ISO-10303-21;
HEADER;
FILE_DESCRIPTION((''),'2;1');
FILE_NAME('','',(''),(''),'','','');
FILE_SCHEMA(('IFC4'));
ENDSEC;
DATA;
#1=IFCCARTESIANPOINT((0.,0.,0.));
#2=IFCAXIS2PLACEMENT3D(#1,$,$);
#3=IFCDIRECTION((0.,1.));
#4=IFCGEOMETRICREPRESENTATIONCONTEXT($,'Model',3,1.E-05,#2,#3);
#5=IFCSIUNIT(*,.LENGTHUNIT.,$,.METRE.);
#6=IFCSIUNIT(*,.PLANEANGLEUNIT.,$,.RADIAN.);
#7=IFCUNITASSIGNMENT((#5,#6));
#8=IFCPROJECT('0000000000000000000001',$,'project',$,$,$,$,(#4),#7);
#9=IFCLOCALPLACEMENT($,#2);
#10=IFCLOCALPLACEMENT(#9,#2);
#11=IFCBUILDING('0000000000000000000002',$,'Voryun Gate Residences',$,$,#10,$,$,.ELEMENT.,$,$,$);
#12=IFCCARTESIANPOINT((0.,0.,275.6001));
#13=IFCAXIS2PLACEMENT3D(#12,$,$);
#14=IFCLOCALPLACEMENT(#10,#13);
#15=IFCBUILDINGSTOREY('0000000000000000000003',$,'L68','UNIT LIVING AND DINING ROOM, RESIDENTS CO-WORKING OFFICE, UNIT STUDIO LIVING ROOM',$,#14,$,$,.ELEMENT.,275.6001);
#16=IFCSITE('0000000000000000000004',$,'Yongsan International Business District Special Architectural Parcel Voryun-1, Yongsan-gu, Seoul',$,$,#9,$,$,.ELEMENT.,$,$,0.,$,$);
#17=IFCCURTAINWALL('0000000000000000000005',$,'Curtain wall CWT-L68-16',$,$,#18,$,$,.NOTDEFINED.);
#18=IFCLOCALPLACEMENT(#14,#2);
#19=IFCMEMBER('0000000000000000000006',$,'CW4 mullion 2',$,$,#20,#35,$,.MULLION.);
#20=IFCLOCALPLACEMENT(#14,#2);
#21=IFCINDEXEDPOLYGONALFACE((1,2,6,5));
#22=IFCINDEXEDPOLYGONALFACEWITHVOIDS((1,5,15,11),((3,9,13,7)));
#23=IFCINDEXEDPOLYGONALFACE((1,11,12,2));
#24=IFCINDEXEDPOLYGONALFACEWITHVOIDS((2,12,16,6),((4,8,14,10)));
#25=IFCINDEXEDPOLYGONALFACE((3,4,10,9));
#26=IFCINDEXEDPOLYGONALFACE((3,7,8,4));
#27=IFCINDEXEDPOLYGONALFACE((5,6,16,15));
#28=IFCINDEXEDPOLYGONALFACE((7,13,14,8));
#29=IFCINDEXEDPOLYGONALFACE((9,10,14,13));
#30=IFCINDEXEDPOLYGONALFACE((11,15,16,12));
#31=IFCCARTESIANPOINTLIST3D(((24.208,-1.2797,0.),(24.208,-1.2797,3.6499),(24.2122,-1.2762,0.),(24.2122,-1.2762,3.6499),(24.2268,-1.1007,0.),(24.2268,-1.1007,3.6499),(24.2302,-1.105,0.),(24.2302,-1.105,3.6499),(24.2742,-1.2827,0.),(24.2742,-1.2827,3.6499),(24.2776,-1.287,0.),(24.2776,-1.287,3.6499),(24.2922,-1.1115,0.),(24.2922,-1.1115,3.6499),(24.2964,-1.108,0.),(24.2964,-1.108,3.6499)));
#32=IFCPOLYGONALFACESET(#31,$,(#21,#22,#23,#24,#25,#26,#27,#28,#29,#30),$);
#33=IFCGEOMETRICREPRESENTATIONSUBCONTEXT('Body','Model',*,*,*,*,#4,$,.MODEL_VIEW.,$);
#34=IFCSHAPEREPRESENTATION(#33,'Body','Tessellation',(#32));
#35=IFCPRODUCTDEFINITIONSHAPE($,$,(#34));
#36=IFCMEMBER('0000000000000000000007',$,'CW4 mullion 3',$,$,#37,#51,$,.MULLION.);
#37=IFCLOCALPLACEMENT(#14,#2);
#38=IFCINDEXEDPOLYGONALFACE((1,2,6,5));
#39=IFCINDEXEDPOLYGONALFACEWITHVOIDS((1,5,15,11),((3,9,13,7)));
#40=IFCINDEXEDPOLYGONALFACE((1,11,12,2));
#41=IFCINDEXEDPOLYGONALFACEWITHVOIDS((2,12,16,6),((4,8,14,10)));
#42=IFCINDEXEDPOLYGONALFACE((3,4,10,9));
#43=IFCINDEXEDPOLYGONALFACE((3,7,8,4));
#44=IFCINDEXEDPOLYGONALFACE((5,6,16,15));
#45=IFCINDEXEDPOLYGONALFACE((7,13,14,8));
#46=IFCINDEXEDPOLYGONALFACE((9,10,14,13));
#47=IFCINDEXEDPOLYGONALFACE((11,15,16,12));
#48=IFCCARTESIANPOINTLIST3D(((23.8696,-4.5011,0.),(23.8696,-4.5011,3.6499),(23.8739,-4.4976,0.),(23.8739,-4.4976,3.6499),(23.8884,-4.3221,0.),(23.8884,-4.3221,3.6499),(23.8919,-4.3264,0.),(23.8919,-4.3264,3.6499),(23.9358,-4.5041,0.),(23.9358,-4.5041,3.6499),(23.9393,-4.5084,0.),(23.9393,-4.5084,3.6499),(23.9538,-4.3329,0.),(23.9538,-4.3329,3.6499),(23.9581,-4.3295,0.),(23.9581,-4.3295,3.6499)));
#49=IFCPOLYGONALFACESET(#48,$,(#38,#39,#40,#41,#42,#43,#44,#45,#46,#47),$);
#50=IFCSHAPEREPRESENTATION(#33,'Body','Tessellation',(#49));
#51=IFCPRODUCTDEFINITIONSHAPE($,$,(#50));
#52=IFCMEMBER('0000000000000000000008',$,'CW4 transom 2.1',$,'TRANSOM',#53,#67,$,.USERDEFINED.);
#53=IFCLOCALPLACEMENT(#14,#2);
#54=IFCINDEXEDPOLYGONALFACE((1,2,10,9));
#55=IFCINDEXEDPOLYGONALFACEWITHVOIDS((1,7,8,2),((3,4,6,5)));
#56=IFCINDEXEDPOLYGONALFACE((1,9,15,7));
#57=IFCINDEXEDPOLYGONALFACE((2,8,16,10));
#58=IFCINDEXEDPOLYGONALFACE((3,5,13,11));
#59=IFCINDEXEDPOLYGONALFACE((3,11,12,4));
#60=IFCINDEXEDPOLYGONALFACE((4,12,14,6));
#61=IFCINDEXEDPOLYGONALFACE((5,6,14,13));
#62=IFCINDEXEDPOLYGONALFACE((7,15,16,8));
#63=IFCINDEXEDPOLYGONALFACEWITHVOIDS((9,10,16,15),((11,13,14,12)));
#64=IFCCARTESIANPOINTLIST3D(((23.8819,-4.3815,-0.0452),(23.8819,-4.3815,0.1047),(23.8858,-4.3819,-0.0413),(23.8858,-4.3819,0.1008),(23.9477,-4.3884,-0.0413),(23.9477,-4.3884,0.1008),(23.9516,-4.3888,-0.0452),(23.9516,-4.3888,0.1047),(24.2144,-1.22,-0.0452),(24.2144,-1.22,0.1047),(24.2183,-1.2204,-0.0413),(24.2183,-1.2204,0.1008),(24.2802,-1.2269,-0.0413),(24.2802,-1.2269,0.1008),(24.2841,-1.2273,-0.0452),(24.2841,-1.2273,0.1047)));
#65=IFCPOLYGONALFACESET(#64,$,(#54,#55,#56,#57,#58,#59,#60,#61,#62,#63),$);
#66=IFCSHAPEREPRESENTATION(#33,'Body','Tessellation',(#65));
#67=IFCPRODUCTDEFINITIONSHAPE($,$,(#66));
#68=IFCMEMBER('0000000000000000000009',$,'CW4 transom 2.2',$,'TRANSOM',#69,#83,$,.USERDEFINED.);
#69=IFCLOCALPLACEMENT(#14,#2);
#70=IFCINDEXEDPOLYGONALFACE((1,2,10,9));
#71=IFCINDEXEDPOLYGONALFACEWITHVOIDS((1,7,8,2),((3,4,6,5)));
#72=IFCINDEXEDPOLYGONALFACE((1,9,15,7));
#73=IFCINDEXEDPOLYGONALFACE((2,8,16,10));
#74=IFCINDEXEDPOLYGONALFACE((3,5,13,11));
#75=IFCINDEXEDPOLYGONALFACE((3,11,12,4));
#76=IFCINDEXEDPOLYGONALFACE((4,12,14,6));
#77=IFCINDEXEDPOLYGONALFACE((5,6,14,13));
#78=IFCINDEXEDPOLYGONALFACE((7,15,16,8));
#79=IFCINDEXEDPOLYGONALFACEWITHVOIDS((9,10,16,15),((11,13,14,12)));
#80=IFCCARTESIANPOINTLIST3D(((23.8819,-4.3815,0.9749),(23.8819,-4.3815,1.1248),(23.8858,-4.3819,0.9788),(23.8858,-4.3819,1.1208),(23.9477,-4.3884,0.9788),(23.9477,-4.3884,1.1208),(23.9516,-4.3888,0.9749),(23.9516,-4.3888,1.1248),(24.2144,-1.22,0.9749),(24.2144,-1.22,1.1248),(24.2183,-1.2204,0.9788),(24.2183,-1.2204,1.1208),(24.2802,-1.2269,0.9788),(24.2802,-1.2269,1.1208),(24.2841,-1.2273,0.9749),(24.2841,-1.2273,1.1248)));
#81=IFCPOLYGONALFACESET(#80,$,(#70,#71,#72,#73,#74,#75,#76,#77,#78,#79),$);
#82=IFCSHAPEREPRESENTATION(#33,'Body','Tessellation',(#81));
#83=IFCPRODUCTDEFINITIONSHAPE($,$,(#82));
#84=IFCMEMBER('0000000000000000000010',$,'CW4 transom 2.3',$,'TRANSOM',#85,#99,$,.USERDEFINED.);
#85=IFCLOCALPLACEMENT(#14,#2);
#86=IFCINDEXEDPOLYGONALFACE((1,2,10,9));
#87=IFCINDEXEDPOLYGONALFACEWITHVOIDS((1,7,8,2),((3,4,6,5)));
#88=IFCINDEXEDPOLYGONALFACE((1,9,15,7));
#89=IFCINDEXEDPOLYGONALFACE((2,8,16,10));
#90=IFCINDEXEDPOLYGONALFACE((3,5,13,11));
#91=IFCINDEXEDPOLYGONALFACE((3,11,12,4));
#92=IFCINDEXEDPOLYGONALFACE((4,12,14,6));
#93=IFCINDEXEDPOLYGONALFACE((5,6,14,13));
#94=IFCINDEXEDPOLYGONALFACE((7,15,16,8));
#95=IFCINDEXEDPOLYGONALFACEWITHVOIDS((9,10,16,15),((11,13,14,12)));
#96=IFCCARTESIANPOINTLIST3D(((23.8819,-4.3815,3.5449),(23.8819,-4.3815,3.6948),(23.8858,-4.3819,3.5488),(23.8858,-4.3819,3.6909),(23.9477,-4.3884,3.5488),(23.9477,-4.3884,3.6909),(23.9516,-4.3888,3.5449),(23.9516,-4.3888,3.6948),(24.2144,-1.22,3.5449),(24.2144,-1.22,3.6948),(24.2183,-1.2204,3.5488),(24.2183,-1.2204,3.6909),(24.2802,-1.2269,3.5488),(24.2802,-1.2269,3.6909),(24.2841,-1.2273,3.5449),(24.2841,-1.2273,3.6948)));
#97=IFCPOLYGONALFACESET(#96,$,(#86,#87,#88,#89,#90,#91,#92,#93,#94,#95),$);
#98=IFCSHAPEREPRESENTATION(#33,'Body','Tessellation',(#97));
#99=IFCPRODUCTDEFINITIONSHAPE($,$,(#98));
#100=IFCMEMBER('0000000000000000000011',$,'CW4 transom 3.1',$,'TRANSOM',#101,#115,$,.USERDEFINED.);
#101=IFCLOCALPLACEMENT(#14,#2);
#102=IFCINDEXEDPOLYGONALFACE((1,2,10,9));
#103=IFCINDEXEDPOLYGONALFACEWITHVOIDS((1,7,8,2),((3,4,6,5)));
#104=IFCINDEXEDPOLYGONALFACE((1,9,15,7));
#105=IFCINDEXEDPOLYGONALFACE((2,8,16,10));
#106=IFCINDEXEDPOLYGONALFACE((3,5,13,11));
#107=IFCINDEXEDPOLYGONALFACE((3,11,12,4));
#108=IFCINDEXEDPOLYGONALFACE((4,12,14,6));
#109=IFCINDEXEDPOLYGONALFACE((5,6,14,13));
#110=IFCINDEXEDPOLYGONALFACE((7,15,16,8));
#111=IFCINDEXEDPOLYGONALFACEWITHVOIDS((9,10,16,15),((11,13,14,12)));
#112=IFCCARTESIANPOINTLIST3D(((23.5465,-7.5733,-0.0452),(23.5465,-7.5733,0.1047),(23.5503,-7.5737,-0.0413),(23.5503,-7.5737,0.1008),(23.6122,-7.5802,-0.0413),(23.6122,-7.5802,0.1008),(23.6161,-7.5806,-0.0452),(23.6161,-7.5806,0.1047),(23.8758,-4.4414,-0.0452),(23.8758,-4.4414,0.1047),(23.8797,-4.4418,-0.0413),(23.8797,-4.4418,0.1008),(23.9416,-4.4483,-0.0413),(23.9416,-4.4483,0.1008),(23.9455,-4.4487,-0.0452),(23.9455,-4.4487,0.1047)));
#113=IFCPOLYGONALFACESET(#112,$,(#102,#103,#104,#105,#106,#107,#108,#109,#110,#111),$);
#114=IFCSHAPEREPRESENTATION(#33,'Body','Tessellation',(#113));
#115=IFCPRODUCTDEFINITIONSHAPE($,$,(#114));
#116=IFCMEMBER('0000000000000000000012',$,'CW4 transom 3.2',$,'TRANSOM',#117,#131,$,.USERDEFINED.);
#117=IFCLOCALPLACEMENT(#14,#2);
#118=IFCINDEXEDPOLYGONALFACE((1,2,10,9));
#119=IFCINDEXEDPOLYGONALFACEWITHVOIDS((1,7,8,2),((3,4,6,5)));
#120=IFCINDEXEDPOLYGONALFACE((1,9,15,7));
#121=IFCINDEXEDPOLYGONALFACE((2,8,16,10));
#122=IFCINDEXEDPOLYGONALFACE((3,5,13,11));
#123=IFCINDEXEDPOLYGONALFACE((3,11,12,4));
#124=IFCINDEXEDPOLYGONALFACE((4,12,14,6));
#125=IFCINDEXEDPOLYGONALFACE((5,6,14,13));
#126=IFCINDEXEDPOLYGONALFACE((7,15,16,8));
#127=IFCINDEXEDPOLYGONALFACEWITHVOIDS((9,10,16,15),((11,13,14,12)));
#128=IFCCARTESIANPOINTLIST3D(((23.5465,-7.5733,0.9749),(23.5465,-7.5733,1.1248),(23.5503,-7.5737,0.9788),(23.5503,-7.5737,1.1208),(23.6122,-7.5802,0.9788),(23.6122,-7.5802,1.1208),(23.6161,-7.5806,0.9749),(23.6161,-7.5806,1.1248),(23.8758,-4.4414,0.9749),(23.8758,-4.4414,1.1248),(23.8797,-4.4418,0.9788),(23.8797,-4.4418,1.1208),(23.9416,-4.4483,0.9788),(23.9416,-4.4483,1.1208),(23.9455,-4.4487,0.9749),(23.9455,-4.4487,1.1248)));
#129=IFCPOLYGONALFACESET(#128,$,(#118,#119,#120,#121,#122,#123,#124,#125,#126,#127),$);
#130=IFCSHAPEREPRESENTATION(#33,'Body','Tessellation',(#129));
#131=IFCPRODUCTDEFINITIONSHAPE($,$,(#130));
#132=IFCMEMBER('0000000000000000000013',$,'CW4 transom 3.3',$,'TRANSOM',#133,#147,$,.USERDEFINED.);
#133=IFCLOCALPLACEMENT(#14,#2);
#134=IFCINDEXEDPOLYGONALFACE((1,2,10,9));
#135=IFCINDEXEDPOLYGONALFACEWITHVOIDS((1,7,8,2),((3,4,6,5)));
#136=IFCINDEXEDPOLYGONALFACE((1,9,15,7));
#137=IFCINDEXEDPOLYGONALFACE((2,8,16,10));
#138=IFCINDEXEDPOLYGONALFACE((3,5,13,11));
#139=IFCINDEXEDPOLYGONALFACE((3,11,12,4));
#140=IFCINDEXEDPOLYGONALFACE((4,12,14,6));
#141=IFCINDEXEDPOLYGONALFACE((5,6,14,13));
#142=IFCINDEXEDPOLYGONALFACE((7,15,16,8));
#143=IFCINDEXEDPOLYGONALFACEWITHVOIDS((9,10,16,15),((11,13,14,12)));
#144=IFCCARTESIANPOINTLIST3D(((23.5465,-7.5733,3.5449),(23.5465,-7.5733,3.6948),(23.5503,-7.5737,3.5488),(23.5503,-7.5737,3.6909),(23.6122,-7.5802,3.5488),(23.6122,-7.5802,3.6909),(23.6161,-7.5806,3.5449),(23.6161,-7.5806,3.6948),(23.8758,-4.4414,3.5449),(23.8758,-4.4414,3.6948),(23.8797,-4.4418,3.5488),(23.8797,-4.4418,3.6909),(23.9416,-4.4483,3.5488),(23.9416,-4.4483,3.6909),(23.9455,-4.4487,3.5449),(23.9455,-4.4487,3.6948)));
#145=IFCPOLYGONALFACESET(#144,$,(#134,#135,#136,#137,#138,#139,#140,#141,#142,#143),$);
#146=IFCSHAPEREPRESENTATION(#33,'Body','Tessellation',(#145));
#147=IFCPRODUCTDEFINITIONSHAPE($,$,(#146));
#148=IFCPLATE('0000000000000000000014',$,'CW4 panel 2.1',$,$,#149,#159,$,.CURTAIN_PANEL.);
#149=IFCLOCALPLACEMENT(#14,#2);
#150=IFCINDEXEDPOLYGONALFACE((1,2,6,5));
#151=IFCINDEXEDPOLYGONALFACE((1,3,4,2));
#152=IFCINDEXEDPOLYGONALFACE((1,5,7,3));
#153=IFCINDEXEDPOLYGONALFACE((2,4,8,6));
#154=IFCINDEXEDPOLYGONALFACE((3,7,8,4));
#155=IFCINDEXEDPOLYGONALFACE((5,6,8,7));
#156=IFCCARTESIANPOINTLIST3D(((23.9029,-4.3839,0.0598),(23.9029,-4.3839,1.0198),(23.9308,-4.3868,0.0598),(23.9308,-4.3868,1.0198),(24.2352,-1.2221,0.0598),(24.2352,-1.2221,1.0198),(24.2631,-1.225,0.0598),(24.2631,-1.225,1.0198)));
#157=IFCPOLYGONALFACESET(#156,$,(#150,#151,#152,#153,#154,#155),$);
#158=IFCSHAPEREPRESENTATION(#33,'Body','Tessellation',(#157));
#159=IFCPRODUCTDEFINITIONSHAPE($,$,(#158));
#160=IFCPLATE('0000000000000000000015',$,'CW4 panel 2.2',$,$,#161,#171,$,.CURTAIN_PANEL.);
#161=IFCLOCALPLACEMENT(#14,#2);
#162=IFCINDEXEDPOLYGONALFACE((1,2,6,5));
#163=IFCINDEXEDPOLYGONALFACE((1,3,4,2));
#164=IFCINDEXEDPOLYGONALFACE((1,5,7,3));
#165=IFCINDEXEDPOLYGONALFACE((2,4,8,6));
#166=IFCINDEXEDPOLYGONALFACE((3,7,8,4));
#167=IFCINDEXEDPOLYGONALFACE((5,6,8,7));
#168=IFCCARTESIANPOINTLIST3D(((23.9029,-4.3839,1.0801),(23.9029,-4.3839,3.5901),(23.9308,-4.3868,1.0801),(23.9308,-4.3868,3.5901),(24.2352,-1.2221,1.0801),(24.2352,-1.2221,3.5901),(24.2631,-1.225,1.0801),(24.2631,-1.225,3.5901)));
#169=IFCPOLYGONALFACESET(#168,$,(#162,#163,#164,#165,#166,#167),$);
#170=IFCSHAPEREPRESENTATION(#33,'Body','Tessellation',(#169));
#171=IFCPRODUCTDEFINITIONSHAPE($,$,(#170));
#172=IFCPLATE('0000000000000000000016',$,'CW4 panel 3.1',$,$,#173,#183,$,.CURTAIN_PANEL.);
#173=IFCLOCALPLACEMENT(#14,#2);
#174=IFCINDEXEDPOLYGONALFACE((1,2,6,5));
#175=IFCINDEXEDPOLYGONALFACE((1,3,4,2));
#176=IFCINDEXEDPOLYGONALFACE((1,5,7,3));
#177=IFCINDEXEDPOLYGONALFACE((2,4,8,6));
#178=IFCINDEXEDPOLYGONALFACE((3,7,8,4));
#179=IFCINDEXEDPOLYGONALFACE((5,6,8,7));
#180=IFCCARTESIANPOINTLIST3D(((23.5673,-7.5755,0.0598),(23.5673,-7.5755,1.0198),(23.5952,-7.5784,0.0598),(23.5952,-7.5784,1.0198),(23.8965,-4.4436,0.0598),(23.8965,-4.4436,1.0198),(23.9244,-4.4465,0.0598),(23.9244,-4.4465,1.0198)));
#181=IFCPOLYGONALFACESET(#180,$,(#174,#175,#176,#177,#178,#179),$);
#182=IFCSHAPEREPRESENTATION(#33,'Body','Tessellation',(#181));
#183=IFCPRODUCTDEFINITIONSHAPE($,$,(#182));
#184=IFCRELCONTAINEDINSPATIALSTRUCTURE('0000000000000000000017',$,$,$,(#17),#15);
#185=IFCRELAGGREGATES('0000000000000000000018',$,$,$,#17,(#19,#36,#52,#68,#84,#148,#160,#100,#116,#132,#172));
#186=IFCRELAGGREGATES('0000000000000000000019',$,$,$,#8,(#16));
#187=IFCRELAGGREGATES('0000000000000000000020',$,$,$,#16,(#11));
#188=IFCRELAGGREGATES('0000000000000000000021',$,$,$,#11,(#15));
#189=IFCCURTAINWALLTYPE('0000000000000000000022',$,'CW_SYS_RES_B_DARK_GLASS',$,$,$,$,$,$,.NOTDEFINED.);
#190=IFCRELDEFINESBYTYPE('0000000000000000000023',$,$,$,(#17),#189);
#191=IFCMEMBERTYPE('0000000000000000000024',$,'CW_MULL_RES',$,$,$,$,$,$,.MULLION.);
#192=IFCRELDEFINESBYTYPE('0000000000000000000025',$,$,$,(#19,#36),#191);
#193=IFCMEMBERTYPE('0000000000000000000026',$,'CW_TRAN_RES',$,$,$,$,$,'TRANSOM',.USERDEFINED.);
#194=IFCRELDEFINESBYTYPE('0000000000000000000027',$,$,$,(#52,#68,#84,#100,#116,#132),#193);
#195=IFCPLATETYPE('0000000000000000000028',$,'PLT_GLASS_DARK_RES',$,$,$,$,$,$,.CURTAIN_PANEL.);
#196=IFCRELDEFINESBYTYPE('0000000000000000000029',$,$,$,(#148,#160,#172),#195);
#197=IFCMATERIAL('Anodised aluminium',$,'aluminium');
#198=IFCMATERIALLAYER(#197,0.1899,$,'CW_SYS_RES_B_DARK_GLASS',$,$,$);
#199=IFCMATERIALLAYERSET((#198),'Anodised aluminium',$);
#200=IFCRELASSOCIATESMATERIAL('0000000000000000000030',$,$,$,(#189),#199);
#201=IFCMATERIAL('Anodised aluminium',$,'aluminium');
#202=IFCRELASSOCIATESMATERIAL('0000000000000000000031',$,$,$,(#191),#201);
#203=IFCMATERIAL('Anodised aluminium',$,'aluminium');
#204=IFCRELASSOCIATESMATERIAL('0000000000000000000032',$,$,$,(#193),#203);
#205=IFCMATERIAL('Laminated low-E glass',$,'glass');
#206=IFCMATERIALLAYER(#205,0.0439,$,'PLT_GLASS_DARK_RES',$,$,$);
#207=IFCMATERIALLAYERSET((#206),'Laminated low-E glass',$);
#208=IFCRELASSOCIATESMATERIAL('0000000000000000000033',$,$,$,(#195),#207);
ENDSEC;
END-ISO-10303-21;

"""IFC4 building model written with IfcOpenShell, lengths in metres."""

from ifc_helpers import new_model, si_unit, direction, frame, origin, origin_2d, place, context, subcontext, project, spatial, rectangle, hollow_rectangle, extrude, material, layer, layer_set, material_profile, profile_set, type_object, element, aggregate, save


model = new_model("IFC4")

# Units and contexts
model_context = context("Model", 3, precision=1e-05, world=origin(), true_north=direction((0.0, 1.0)))
body_context = subcontext(model_context, "Body", "Model", "MODEL_VIEW")
ifc_project = project(units=[si_unit("LENGTHUNIT", "METRE"), si_unit("PLANEANGLEUNIT", "RADIAN")], contexts=[model_context])

# Site, building, storey
site_placement = place(None, origin())
site = spatial("IfcSite", under=ifc_project, at=site_placement, Name="Yongsan International Business District Special Architectural Parcel Voryun-1, Yongsan-gu, Seoul", CompositionType="ELEMENT", RefElevation=0.0)
building_placement = place(site_placement, origin())
building = spatial("IfcBuilding", under=site, at=building_placement, Name="Voryun Gate Residences", CompositionType="ELEMENT")
storey_placement = place(building_placement, frame((0.0, 0.0, 275.6001)))
storey = spatial("IfcBuildingStorey", under=building, at=storey_placement, Name="L68", Description="UNIT LIVING AND DINING ROOM, RESIDENTS CO-WORKING OFFICE, UNIT STUDIO LIVING ROOM", CompositionType="ELEMENT", Elevation=275.6001)

# Curtain wall, members, plates
ifc_material_1 = material(Name="Anodised aluminium", Category="aluminium")
ifc_layer_1 = layer(ifc_material_1, 0.1899, Name="CW_SYS_RES_B_DARK_GLASS")
ifc_layer_set_1 = layer_set([ifc_layer_1], Name="Anodised aluminium")
curtain_wall_type = type_object("IfcCurtainWallType", Name="CW_SYS_RES_B_DARK_GLASS", PredefinedType="NOTDEFINED", material=ifc_layer_set_1)
curtain_wall_placement = place(storey_placement, origin())
curtain_wall = element("IfcCurtainWall", 1, at=curtain_wall_placement, inside=storey, type_object=curtain_wall_type, Name="Curtain wall CWT-L68-16", PredefinedType="NOTDEFINED")
ifc_material_2 = material(Name="Anodised aluminium", Category="aluminium")
ifc_material_profile_1 = material_profile(ifc_material_2, hollow_rectangle(XDim=0.0701, YDim=0.1799, WallThickness=0.0039, at=origin_2d()), Name="ALU-MULL-180x70x4")
ifc_profile_set_1 = profile_set([ifc_material_profile_1], Name="Anodised aluminium")
member_type_1 = type_object("IfcMemberType", Name="CW_MULL_RES", PredefinedType="MULLION", material=ifc_profile_set_1)
member_1_placement = place(storey_placement, frame((24.2522, -1.1938, 0.0), z_axis=(0.0, 0.0, 1.0), x_axis=(0.994521, -0.104536, 0.0)))
member_1 = element("IfcMember", 2, at=member_1_placement, type_object=member_type_1, Name="CW4 mullion 2", PredefinedType="MULLION", context=body_context, shape_type="SweptSolid", body=[
    extrude(hollow_rectangle(XDim=0.0701, YDim=0.1799, WallThickness=0.0039, at=origin_2d()), origin(), (0.0, 0.0, 1.0), 3.6499),
])
member_2_placement = place(storey_placement, frame((23.9138, -4.4153, 0.0), z_axis=(0.0, 0.0, 1.0), x_axis=(0.994521, -0.104536, 0.0)))
member_2 = element("IfcMember", 3, at=member_2_placement, type_object=member_type_1, Name="CW4 mullion 3", PredefinedType="MULLION", context=body_context, shape_type="SweptSolid", body=[
    extrude(hollow_rectangle(XDim=0.0701, YDim=0.1799, WallThickness=0.0039, at=origin_2d()), origin(), (0.0, 0.0, 1.0), 3.6499),
])
ifc_material_3 = material(Name="Anodised aluminium", Category="aluminium")
ifc_material_profile_2 = material_profile(ifc_material_3, hollow_rectangle(XDim=0.0701, YDim=0.1499, WallThickness=0.0039, at=origin_2d()), Name="ALU-TRAN-150x70x4")
ifc_profile_set_2 = profile_set([ifc_material_profile_2], Name="Anodised aluminium")
member_type_2 = type_object("IfcMemberType", Name="CW_TRAN_RES", ElementType="TRANSOM", PredefinedType="USERDEFINED", material=ifc_profile_set_2)
member_3_placement = place(storey_placement, frame((24.2493, -1.2236, 0.0298), z_axis=(-0.104597, -0.994515, 0.0), x_axis=(0.994515, -0.104597, 0.0)))
member_3 = element("IfcMember", 4, at=member_3_placement, type_object=member_type_2, Name="CW4 transom 2.1", ObjectType="TRANSOM", PredefinedType="USERDEFINED", context=body_context, shape_type="SweptSolid", body=[
    extrude(hollow_rectangle(XDim=0.0701, YDim=0.1499, WallThickness=0.0039, at=origin_2d()), origin(), (0.0, 0.0, 1.0), 3.179),
])
member_4_placement = place(storey_placement, frame((24.2493, -1.2236, 1.0498), z_axis=(-0.104597, -0.994515, 0.0), x_axis=(0.994515, -0.104597, 0.0)))
member_4 = element("IfcMember", 5, at=member_4_placement, type_object=member_type_2, Name="CW4 transom 2.2", ObjectType="TRANSOM", PredefinedType="USERDEFINED", context=body_context, shape_type="SweptSolid", body=[
    extrude(hollow_rectangle(XDim=0.0701, YDim=0.1499, WallThickness=0.0039, at=origin_2d()), origin(), (0.0, 0.0, 1.0), 3.179),
])
member_5_placement = place(storey_placement, frame((24.2493, -1.2236, 3.6199), z_axis=(-0.104597, -0.994515, 0.0), x_axis=(0.994515, -0.104597, 0.0)))
member_5 = element("IfcMember", 6, at=member_5_placement, type_object=member_type_2, Name="CW4 transom 2.3", ObjectType="TRANSOM", PredefinedType="USERDEFINED", context=body_context, shape_type="SweptSolid", body=[
    extrude(hollow_rectangle(XDim=0.0701, YDim=0.1499, WallThickness=0.0039, at=origin_2d()), origin(), (0.0, 0.0, 1.0), 3.179),
])
member_6_placement = place(storey_placement, frame((23.9106, -4.4451, 0.0298), z_axis=(-0.104584, -0.994516, 0.0), x_axis=(0.994516, -0.104584, 0.0)))
member_6 = element("IfcMember", 7, at=member_6_placement, type_object=member_type_2, Name="CW4 transom 3.1", ObjectType="TRANSOM", PredefinedType="USERDEFINED", context=body_context, shape_type="SweptSolid", body=[
    extrude(hollow_rectangle(XDim=0.0701, YDim=0.1499, WallThickness=0.0039, at=origin_2d()), origin(), (0.0, 0.0, 1.0), 3.1492),
])
member_7_placement = place(storey_placement, frame((23.9106, -4.4451, 1.0498), z_axis=(-0.104584, -0.994516, 0.0), x_axis=(0.994516, -0.104584, 0.0)))
member_7 = element("IfcMember", 8, at=member_7_placement, type_object=member_type_2, Name="CW4 transom 3.2", ObjectType="TRANSOM", PredefinedType="USERDEFINED", context=body_context, shape_type="SweptSolid", body=[
    extrude(hollow_rectangle(XDim=0.0701, YDim=0.1499, WallThickness=0.0039, at=origin_2d()), origin(), (0.0, 0.0, 1.0), 3.1492),
])
member_8_placement = place(storey_placement, frame((23.9106, -4.4451, 3.6199), z_axis=(-0.104584, -0.994516, 0.0), x_axis=(0.994516, -0.104584, 0.0)))
member_8 = element("IfcMember", 9, at=member_8_placement, type_object=member_type_2, Name="CW4 transom 3.3", ObjectType="TRANSOM", PredefinedType="USERDEFINED", context=body_context, shape_type="SweptSolid", body=[
    extrude(hollow_rectangle(XDim=0.0701, YDim=0.1499, WallThickness=0.0039, at=origin_2d()), origin(), (0.0, 0.0, 1.0), 3.1492),
])
ifc_material_4 = material(Name="Laminated low-E glass", Category="glass")
ifc_layer_2 = layer(ifc_material_4, 0.0439, Name="PLT_GLASS_DARK_RES")
ifc_layer_set_2 = layer_set([ifc_layer_2], Name="Laminated low-E glass")
plate_type = type_object("IfcPlateType", Name="PLT_GLASS_DARK_RES", PredefinedType="CURTAIN_PANEL", material=ifc_layer_set_2)
plate_1_placement = place(storey_placement, frame((24.083, -2.8044, 0.0598), z_axis=(0.0, 0.0, 1.0), x_axis=(-0.104536, -0.994521, 0.0)))
plate_1 = element("IfcPlate", 10, at=plate_1_placement, type_object=plate_type, Name="CW4 panel 2.1", PredefinedType="CURTAIN_PANEL", context=body_context, shape_type="SweptSolid", body=[
    extrude(rectangle(XDim=3.1792, YDim=0.0281, at=origin_2d()), origin(), (0.0, 0.0, 1.0), 0.96),
])
plate_2_placement = place(storey_placement, frame((24.083, -2.8044, 1.0801), z_axis=(0.0, 0.0, 1.0), x_axis=(-0.104536, -0.994521, 0.0)))
plate_2 = element("IfcPlate", 11, at=plate_2_placement, type_object=plate_type, Name="CW4 panel 2.2", PredefinedType="CURTAIN_PANEL", context=body_context, shape_type="SweptSolid", body=[
    extrude(rectangle(XDim=3.1792, YDim=0.0281, at=origin_2d()), origin(), (0.0, 0.0, 1.0), 2.51),
])
plate_3_placement = place(storey_placement, frame((23.7458, -6.011, 0.0598), z_axis=(0.0, 0.0, 1.0), x_axis=(-0.104536, -0.994521, 0.0)))
plate_3 = element("IfcPlate", 12, at=plate_3_placement, type_object=plate_type, Name="CW4 panel 3.1", PredefinedType="CURTAIN_PANEL", context=body_context, shape_type="SweptSolid", body=[
    extrude(rectangle(XDim=3.1492, YDim=0.0281, at=origin_2d()), origin(), (0.0, 0.0, 1.0), 0.96),
])
aggregate(curtain_wall, [member_1, member_2, member_3, member_4, member_5, plate_1, plate_2, member_6, member_7, member_8, plate_3])

save(model, "model.ifc")
